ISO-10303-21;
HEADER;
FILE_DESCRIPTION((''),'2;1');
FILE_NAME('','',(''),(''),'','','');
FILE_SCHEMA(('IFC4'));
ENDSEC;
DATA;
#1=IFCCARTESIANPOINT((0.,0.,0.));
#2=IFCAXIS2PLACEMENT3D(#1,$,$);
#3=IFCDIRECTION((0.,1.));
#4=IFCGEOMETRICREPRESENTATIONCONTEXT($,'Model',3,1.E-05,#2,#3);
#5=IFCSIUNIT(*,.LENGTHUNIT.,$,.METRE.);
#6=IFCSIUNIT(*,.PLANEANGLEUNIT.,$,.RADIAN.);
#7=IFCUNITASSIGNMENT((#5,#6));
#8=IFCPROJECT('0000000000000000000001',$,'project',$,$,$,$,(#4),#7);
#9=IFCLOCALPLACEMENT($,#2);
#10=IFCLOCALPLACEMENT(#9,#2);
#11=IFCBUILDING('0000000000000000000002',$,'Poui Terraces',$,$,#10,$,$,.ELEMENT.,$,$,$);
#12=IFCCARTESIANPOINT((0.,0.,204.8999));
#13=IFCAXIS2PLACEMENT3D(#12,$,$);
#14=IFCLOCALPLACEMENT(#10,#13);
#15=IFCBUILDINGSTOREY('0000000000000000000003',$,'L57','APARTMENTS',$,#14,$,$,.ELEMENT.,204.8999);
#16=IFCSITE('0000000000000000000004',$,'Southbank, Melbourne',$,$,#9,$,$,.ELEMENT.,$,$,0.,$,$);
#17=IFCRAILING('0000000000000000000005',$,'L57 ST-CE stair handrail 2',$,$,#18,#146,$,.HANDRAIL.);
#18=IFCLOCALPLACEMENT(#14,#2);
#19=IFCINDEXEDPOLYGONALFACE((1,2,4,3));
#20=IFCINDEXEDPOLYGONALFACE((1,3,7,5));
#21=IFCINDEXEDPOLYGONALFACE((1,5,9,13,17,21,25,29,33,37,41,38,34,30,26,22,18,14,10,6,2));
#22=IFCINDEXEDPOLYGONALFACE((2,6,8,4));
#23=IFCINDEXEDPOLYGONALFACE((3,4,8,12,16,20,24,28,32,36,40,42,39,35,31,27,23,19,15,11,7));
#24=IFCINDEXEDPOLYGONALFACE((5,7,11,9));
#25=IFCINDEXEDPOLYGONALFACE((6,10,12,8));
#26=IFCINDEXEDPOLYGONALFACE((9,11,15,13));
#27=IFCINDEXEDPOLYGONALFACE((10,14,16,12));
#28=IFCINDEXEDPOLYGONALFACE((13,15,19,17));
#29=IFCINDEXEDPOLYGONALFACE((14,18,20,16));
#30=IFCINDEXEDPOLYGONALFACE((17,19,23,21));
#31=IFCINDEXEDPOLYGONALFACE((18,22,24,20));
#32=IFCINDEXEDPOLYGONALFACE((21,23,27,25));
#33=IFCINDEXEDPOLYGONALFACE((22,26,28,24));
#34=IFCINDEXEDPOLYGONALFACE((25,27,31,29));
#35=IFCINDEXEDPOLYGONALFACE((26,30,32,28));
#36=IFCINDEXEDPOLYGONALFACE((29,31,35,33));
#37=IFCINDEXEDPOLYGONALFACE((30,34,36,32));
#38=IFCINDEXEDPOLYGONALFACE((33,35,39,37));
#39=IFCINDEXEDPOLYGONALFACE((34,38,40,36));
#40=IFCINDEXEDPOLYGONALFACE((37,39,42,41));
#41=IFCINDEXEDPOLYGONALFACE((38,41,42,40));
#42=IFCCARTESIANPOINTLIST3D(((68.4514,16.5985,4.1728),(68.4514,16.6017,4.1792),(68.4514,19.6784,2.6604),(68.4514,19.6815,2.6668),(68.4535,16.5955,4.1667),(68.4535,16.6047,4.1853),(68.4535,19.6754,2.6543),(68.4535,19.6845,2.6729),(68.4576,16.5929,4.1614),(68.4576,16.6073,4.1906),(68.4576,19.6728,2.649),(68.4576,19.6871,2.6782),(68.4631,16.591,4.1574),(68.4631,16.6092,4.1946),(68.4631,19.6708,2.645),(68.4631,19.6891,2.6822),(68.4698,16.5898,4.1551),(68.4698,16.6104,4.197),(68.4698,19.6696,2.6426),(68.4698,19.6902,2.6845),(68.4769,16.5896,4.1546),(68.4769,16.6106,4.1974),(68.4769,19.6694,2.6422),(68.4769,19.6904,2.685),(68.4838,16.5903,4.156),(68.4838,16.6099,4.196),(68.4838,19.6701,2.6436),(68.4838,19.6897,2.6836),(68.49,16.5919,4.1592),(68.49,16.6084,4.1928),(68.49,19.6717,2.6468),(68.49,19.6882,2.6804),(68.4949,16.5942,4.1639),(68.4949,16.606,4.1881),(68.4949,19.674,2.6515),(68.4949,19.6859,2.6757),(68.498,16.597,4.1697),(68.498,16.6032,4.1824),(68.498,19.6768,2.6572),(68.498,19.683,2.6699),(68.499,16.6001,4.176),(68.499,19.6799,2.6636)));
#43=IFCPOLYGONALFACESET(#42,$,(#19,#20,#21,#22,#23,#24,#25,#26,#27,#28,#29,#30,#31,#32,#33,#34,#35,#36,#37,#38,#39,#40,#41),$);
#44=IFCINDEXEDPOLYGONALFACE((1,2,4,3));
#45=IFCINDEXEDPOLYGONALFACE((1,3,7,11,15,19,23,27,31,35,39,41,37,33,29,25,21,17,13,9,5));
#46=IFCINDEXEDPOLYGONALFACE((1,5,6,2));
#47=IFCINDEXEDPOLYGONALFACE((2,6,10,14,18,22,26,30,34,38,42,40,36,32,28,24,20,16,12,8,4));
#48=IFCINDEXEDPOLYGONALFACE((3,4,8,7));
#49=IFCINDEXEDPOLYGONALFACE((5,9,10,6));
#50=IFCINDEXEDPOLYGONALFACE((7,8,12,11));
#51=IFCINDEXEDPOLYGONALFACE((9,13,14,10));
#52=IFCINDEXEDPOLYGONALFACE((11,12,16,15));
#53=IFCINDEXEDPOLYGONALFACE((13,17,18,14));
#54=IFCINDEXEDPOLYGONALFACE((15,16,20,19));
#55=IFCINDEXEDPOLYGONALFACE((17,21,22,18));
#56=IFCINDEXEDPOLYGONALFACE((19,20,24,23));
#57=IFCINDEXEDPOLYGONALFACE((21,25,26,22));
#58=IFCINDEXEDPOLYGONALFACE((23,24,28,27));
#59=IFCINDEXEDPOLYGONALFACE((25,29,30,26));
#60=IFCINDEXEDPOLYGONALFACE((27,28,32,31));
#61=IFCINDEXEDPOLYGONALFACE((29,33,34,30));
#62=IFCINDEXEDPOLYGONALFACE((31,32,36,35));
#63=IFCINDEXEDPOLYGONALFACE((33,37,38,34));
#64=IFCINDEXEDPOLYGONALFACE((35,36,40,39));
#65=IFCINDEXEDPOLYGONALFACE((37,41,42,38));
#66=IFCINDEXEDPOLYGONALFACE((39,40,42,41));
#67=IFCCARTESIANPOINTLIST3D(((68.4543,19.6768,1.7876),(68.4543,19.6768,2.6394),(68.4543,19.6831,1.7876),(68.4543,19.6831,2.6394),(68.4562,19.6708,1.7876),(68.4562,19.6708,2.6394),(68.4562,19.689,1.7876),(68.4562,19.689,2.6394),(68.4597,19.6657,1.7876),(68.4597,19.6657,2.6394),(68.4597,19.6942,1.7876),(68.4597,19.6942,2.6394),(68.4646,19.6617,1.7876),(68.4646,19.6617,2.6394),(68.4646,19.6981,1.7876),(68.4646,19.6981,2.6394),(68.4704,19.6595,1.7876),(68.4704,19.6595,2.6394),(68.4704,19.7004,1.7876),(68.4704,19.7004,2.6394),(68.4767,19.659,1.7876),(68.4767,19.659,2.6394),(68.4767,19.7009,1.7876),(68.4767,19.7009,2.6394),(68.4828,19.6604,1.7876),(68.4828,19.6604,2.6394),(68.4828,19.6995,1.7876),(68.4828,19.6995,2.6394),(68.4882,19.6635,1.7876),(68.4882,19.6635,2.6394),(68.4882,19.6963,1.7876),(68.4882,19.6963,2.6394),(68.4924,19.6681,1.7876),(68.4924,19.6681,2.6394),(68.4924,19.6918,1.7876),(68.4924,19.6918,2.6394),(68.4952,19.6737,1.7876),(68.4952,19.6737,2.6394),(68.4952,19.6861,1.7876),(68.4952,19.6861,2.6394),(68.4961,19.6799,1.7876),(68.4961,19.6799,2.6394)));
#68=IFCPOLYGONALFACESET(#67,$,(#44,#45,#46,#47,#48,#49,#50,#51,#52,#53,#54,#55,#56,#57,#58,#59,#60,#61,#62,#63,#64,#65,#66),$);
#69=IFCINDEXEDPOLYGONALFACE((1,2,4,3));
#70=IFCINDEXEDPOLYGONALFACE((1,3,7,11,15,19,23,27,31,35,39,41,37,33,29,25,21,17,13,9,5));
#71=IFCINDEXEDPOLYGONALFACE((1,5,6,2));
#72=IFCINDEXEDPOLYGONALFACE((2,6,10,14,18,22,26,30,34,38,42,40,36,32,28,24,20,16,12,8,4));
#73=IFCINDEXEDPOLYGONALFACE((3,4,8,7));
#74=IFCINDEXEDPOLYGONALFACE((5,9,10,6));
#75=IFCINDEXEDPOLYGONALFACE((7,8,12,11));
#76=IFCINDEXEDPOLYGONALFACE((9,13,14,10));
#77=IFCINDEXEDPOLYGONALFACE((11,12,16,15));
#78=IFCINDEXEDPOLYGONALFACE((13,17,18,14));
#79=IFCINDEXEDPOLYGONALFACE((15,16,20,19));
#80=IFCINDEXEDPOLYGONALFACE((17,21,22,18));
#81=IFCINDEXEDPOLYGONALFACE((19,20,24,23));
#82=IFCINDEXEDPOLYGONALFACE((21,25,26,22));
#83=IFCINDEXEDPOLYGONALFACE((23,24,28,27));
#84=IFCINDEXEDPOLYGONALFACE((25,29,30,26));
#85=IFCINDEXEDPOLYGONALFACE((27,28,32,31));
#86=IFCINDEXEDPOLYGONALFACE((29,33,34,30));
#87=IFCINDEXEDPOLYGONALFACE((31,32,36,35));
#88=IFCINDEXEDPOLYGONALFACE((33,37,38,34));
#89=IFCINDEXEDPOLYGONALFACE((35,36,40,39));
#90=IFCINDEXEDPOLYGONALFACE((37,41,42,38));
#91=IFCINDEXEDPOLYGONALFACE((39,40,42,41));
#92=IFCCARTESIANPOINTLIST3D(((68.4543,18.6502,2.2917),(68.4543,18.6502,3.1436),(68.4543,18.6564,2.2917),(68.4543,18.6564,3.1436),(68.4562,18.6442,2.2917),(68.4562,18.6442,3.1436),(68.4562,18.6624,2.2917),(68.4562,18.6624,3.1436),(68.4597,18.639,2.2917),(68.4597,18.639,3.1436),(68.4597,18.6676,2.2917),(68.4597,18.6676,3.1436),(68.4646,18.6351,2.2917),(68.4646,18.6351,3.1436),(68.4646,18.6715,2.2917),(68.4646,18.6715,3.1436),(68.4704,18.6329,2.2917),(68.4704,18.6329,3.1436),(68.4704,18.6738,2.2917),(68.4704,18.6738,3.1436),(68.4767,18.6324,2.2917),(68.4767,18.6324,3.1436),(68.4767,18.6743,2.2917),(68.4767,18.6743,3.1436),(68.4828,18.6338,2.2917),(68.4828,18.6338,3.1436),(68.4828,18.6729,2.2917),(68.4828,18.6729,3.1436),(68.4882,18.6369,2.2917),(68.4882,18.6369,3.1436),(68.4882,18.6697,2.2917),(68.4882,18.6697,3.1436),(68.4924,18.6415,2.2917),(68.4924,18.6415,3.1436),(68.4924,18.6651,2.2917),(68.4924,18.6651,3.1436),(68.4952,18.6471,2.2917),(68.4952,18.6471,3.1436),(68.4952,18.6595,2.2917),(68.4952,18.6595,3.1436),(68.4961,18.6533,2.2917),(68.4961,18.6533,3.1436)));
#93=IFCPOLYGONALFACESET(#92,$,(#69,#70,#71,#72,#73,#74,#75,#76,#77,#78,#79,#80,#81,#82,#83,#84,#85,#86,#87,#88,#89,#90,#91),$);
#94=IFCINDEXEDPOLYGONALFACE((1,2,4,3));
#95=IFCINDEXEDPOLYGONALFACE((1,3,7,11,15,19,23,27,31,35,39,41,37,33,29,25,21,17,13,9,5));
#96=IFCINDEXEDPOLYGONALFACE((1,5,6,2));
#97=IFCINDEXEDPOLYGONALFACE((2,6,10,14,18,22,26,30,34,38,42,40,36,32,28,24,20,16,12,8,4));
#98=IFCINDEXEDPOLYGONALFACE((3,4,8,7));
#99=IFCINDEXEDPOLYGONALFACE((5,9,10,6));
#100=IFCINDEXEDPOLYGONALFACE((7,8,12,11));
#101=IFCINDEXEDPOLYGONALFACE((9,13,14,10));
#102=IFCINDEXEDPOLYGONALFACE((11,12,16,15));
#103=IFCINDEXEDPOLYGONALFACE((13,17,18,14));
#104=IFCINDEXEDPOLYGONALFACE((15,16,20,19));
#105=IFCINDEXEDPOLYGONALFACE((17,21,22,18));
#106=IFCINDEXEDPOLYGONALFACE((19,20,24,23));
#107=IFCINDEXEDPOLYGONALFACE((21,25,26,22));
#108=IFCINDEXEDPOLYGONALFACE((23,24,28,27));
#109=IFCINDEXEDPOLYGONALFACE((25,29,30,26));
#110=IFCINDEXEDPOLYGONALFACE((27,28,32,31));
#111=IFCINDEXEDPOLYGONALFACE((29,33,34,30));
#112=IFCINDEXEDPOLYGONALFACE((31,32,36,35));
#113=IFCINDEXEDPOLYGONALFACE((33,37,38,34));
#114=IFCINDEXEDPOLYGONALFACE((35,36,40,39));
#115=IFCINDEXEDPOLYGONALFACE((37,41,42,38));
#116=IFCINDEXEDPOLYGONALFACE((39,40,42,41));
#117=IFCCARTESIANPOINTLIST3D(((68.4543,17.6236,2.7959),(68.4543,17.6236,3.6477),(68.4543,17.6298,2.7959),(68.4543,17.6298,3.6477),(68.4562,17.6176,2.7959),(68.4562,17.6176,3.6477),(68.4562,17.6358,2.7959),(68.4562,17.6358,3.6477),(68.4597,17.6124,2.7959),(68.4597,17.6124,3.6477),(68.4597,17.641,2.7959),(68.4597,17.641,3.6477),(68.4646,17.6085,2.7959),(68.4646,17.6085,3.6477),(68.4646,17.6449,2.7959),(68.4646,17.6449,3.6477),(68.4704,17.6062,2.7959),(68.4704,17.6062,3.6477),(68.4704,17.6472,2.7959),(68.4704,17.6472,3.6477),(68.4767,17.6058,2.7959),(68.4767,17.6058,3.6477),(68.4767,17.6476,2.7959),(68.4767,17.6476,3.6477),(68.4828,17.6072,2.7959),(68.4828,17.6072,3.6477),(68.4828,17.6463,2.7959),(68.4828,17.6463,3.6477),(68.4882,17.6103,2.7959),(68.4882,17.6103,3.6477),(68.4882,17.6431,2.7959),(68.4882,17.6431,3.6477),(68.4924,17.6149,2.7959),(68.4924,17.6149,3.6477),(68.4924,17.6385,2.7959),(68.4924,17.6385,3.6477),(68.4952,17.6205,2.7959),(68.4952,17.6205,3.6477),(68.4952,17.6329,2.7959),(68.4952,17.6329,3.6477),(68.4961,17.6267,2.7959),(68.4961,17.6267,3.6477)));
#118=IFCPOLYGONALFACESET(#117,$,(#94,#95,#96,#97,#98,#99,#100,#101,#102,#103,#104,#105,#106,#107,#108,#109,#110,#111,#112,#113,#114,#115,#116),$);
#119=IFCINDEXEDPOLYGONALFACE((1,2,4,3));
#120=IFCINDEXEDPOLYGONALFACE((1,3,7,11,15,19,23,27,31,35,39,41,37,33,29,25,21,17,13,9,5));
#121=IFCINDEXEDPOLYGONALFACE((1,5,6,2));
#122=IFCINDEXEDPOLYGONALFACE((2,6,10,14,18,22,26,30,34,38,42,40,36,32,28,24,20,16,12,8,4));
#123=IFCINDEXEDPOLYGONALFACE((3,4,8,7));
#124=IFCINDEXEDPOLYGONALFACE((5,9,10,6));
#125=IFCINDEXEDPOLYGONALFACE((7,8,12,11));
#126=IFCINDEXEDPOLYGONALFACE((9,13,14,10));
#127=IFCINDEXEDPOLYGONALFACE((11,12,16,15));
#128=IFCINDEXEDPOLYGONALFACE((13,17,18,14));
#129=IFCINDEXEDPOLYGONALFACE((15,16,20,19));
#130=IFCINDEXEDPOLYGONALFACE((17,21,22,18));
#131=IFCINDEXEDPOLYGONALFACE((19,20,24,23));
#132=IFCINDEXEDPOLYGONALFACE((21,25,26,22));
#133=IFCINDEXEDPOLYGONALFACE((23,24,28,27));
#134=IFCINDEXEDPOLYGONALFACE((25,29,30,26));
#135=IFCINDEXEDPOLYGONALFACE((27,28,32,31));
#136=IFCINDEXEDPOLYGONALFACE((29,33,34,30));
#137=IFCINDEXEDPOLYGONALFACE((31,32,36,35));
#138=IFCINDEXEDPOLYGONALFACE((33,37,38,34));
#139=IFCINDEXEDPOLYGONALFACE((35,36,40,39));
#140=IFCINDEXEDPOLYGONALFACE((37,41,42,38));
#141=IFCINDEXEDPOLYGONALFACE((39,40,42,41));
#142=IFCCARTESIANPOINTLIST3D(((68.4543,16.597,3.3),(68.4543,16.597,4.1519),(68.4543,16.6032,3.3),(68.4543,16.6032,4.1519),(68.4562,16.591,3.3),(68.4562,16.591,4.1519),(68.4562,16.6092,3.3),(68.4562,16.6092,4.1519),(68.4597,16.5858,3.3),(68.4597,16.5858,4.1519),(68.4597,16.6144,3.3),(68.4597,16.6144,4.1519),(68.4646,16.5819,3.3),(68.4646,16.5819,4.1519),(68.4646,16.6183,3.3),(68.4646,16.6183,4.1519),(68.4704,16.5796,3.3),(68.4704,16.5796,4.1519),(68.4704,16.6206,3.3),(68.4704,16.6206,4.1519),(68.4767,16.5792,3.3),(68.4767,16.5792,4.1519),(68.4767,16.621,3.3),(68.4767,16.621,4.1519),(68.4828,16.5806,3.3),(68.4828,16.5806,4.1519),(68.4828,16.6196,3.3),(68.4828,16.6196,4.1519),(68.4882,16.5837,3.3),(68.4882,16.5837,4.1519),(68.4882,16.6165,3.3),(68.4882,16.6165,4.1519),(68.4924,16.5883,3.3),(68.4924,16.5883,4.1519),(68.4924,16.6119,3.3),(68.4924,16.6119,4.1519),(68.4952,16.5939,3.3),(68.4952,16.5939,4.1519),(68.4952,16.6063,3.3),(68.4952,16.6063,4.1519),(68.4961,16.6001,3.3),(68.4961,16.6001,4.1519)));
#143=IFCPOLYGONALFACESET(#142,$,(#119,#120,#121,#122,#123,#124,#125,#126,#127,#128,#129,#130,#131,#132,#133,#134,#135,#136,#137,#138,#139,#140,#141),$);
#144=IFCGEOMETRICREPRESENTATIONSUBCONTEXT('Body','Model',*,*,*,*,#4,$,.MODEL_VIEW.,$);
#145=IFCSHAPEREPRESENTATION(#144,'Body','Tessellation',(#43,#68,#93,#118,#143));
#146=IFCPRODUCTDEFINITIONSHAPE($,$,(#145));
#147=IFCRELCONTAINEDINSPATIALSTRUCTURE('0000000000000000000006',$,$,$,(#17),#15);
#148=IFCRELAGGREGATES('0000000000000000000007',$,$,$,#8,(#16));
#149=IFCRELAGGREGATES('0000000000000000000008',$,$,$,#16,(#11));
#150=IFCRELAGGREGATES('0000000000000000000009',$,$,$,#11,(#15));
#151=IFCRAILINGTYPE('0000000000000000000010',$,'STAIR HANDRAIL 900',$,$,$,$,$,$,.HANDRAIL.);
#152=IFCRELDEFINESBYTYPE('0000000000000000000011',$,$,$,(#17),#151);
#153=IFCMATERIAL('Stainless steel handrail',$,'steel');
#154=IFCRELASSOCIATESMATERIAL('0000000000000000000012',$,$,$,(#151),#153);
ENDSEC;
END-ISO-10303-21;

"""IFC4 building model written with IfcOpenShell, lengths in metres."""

from ifc_helpers import new_model, si_unit, direction, frame, origin, origin_2d, place, context, subcontext, project, spatial, circle, extrude, material, type_object, element, save


model = new_model("IFC4")

# Units and contexts
model_context = context("Model", 3, precision=1e-05, world=origin(), true_north=direction((0.0, 1.0)))
body_context = subcontext(model_context, "Body", "Model", "MODEL_VIEW")
ifc_project = project(units=[si_unit("LENGTHUNIT", "METRE"), si_unit("PLANEANGLEUNIT", "RADIAN")], contexts=[model_context])

# Site, building, storey
site_placement = place(None, origin())
site = spatial("IfcSite", under=ifc_project, at=site_placement, Name="Southbank, Melbourne", CompositionType="ELEMENT", RefElevation=0.0)
building_placement = place(site_placement, origin())
building = spatial("IfcBuilding", under=site, at=building_placement, Name="Poui Terraces", CompositionType="ELEMENT")
storey_placement = place(building_placement, frame((0.0, 0.0, 204.8999)))
storey = spatial("IfcBuildingStorey", under=building, at=storey_placement, Name="L57", Description="APARTMENTS", CompositionType="ELEMENT", Elevation=204.8999)

# Railing
ifc_material_1 = material(Name="Stainless steel handrail", Category="steel")
railing_type_1 = type_object("IfcRailingType", Name="STAIR HANDRAIL 900", PredefinedType="HANDRAIL", material=ifc_material_1)
railing_1_placement = place(storey_placement, frame((68.4751, 19.6799, 1.7876)))
element("IfcRailing", 1, at=railing_1_placement, inside=storey, type_object=railing_type_1, Name="L57 ST-CE stair handrail 2", PredefinedType="HANDRAIL", context=body_context, shape_type="SweptSolid", body=[
    extrude(circle(Radius=0.0239, at=origin_2d()), frame((0.0, 0.0, 0.876), z_axis=(0.0, -0.897606, 0.440798), x_axis=(1.0, 0.0, 0.0)), (0.0, 0.0, 1.0), 3.4312),
    extrude(circle(Radius=0.021, at=origin_2d()), origin(), (0.0, 0.0, 1.0), 0.8518),
    extrude(circle(Radius=0.021, at=origin_2d()), frame((0.0, -1.0266, 0.5042)), (0.0, 0.0, 1.0), 0.8518),
    extrude(circle(Radius=0.021, at=origin_2d()), frame((0.0, -2.0532, 1.0083)), (0.0, 0.0, 1.0), 0.8518),
    extrude(circle(Radius=0.021, at=origin_2d()), frame((0.0, -3.0798, 1.5125)), (0.0, 0.0, 1.0), 0.8518),
])

save(model, "model.ifc")
